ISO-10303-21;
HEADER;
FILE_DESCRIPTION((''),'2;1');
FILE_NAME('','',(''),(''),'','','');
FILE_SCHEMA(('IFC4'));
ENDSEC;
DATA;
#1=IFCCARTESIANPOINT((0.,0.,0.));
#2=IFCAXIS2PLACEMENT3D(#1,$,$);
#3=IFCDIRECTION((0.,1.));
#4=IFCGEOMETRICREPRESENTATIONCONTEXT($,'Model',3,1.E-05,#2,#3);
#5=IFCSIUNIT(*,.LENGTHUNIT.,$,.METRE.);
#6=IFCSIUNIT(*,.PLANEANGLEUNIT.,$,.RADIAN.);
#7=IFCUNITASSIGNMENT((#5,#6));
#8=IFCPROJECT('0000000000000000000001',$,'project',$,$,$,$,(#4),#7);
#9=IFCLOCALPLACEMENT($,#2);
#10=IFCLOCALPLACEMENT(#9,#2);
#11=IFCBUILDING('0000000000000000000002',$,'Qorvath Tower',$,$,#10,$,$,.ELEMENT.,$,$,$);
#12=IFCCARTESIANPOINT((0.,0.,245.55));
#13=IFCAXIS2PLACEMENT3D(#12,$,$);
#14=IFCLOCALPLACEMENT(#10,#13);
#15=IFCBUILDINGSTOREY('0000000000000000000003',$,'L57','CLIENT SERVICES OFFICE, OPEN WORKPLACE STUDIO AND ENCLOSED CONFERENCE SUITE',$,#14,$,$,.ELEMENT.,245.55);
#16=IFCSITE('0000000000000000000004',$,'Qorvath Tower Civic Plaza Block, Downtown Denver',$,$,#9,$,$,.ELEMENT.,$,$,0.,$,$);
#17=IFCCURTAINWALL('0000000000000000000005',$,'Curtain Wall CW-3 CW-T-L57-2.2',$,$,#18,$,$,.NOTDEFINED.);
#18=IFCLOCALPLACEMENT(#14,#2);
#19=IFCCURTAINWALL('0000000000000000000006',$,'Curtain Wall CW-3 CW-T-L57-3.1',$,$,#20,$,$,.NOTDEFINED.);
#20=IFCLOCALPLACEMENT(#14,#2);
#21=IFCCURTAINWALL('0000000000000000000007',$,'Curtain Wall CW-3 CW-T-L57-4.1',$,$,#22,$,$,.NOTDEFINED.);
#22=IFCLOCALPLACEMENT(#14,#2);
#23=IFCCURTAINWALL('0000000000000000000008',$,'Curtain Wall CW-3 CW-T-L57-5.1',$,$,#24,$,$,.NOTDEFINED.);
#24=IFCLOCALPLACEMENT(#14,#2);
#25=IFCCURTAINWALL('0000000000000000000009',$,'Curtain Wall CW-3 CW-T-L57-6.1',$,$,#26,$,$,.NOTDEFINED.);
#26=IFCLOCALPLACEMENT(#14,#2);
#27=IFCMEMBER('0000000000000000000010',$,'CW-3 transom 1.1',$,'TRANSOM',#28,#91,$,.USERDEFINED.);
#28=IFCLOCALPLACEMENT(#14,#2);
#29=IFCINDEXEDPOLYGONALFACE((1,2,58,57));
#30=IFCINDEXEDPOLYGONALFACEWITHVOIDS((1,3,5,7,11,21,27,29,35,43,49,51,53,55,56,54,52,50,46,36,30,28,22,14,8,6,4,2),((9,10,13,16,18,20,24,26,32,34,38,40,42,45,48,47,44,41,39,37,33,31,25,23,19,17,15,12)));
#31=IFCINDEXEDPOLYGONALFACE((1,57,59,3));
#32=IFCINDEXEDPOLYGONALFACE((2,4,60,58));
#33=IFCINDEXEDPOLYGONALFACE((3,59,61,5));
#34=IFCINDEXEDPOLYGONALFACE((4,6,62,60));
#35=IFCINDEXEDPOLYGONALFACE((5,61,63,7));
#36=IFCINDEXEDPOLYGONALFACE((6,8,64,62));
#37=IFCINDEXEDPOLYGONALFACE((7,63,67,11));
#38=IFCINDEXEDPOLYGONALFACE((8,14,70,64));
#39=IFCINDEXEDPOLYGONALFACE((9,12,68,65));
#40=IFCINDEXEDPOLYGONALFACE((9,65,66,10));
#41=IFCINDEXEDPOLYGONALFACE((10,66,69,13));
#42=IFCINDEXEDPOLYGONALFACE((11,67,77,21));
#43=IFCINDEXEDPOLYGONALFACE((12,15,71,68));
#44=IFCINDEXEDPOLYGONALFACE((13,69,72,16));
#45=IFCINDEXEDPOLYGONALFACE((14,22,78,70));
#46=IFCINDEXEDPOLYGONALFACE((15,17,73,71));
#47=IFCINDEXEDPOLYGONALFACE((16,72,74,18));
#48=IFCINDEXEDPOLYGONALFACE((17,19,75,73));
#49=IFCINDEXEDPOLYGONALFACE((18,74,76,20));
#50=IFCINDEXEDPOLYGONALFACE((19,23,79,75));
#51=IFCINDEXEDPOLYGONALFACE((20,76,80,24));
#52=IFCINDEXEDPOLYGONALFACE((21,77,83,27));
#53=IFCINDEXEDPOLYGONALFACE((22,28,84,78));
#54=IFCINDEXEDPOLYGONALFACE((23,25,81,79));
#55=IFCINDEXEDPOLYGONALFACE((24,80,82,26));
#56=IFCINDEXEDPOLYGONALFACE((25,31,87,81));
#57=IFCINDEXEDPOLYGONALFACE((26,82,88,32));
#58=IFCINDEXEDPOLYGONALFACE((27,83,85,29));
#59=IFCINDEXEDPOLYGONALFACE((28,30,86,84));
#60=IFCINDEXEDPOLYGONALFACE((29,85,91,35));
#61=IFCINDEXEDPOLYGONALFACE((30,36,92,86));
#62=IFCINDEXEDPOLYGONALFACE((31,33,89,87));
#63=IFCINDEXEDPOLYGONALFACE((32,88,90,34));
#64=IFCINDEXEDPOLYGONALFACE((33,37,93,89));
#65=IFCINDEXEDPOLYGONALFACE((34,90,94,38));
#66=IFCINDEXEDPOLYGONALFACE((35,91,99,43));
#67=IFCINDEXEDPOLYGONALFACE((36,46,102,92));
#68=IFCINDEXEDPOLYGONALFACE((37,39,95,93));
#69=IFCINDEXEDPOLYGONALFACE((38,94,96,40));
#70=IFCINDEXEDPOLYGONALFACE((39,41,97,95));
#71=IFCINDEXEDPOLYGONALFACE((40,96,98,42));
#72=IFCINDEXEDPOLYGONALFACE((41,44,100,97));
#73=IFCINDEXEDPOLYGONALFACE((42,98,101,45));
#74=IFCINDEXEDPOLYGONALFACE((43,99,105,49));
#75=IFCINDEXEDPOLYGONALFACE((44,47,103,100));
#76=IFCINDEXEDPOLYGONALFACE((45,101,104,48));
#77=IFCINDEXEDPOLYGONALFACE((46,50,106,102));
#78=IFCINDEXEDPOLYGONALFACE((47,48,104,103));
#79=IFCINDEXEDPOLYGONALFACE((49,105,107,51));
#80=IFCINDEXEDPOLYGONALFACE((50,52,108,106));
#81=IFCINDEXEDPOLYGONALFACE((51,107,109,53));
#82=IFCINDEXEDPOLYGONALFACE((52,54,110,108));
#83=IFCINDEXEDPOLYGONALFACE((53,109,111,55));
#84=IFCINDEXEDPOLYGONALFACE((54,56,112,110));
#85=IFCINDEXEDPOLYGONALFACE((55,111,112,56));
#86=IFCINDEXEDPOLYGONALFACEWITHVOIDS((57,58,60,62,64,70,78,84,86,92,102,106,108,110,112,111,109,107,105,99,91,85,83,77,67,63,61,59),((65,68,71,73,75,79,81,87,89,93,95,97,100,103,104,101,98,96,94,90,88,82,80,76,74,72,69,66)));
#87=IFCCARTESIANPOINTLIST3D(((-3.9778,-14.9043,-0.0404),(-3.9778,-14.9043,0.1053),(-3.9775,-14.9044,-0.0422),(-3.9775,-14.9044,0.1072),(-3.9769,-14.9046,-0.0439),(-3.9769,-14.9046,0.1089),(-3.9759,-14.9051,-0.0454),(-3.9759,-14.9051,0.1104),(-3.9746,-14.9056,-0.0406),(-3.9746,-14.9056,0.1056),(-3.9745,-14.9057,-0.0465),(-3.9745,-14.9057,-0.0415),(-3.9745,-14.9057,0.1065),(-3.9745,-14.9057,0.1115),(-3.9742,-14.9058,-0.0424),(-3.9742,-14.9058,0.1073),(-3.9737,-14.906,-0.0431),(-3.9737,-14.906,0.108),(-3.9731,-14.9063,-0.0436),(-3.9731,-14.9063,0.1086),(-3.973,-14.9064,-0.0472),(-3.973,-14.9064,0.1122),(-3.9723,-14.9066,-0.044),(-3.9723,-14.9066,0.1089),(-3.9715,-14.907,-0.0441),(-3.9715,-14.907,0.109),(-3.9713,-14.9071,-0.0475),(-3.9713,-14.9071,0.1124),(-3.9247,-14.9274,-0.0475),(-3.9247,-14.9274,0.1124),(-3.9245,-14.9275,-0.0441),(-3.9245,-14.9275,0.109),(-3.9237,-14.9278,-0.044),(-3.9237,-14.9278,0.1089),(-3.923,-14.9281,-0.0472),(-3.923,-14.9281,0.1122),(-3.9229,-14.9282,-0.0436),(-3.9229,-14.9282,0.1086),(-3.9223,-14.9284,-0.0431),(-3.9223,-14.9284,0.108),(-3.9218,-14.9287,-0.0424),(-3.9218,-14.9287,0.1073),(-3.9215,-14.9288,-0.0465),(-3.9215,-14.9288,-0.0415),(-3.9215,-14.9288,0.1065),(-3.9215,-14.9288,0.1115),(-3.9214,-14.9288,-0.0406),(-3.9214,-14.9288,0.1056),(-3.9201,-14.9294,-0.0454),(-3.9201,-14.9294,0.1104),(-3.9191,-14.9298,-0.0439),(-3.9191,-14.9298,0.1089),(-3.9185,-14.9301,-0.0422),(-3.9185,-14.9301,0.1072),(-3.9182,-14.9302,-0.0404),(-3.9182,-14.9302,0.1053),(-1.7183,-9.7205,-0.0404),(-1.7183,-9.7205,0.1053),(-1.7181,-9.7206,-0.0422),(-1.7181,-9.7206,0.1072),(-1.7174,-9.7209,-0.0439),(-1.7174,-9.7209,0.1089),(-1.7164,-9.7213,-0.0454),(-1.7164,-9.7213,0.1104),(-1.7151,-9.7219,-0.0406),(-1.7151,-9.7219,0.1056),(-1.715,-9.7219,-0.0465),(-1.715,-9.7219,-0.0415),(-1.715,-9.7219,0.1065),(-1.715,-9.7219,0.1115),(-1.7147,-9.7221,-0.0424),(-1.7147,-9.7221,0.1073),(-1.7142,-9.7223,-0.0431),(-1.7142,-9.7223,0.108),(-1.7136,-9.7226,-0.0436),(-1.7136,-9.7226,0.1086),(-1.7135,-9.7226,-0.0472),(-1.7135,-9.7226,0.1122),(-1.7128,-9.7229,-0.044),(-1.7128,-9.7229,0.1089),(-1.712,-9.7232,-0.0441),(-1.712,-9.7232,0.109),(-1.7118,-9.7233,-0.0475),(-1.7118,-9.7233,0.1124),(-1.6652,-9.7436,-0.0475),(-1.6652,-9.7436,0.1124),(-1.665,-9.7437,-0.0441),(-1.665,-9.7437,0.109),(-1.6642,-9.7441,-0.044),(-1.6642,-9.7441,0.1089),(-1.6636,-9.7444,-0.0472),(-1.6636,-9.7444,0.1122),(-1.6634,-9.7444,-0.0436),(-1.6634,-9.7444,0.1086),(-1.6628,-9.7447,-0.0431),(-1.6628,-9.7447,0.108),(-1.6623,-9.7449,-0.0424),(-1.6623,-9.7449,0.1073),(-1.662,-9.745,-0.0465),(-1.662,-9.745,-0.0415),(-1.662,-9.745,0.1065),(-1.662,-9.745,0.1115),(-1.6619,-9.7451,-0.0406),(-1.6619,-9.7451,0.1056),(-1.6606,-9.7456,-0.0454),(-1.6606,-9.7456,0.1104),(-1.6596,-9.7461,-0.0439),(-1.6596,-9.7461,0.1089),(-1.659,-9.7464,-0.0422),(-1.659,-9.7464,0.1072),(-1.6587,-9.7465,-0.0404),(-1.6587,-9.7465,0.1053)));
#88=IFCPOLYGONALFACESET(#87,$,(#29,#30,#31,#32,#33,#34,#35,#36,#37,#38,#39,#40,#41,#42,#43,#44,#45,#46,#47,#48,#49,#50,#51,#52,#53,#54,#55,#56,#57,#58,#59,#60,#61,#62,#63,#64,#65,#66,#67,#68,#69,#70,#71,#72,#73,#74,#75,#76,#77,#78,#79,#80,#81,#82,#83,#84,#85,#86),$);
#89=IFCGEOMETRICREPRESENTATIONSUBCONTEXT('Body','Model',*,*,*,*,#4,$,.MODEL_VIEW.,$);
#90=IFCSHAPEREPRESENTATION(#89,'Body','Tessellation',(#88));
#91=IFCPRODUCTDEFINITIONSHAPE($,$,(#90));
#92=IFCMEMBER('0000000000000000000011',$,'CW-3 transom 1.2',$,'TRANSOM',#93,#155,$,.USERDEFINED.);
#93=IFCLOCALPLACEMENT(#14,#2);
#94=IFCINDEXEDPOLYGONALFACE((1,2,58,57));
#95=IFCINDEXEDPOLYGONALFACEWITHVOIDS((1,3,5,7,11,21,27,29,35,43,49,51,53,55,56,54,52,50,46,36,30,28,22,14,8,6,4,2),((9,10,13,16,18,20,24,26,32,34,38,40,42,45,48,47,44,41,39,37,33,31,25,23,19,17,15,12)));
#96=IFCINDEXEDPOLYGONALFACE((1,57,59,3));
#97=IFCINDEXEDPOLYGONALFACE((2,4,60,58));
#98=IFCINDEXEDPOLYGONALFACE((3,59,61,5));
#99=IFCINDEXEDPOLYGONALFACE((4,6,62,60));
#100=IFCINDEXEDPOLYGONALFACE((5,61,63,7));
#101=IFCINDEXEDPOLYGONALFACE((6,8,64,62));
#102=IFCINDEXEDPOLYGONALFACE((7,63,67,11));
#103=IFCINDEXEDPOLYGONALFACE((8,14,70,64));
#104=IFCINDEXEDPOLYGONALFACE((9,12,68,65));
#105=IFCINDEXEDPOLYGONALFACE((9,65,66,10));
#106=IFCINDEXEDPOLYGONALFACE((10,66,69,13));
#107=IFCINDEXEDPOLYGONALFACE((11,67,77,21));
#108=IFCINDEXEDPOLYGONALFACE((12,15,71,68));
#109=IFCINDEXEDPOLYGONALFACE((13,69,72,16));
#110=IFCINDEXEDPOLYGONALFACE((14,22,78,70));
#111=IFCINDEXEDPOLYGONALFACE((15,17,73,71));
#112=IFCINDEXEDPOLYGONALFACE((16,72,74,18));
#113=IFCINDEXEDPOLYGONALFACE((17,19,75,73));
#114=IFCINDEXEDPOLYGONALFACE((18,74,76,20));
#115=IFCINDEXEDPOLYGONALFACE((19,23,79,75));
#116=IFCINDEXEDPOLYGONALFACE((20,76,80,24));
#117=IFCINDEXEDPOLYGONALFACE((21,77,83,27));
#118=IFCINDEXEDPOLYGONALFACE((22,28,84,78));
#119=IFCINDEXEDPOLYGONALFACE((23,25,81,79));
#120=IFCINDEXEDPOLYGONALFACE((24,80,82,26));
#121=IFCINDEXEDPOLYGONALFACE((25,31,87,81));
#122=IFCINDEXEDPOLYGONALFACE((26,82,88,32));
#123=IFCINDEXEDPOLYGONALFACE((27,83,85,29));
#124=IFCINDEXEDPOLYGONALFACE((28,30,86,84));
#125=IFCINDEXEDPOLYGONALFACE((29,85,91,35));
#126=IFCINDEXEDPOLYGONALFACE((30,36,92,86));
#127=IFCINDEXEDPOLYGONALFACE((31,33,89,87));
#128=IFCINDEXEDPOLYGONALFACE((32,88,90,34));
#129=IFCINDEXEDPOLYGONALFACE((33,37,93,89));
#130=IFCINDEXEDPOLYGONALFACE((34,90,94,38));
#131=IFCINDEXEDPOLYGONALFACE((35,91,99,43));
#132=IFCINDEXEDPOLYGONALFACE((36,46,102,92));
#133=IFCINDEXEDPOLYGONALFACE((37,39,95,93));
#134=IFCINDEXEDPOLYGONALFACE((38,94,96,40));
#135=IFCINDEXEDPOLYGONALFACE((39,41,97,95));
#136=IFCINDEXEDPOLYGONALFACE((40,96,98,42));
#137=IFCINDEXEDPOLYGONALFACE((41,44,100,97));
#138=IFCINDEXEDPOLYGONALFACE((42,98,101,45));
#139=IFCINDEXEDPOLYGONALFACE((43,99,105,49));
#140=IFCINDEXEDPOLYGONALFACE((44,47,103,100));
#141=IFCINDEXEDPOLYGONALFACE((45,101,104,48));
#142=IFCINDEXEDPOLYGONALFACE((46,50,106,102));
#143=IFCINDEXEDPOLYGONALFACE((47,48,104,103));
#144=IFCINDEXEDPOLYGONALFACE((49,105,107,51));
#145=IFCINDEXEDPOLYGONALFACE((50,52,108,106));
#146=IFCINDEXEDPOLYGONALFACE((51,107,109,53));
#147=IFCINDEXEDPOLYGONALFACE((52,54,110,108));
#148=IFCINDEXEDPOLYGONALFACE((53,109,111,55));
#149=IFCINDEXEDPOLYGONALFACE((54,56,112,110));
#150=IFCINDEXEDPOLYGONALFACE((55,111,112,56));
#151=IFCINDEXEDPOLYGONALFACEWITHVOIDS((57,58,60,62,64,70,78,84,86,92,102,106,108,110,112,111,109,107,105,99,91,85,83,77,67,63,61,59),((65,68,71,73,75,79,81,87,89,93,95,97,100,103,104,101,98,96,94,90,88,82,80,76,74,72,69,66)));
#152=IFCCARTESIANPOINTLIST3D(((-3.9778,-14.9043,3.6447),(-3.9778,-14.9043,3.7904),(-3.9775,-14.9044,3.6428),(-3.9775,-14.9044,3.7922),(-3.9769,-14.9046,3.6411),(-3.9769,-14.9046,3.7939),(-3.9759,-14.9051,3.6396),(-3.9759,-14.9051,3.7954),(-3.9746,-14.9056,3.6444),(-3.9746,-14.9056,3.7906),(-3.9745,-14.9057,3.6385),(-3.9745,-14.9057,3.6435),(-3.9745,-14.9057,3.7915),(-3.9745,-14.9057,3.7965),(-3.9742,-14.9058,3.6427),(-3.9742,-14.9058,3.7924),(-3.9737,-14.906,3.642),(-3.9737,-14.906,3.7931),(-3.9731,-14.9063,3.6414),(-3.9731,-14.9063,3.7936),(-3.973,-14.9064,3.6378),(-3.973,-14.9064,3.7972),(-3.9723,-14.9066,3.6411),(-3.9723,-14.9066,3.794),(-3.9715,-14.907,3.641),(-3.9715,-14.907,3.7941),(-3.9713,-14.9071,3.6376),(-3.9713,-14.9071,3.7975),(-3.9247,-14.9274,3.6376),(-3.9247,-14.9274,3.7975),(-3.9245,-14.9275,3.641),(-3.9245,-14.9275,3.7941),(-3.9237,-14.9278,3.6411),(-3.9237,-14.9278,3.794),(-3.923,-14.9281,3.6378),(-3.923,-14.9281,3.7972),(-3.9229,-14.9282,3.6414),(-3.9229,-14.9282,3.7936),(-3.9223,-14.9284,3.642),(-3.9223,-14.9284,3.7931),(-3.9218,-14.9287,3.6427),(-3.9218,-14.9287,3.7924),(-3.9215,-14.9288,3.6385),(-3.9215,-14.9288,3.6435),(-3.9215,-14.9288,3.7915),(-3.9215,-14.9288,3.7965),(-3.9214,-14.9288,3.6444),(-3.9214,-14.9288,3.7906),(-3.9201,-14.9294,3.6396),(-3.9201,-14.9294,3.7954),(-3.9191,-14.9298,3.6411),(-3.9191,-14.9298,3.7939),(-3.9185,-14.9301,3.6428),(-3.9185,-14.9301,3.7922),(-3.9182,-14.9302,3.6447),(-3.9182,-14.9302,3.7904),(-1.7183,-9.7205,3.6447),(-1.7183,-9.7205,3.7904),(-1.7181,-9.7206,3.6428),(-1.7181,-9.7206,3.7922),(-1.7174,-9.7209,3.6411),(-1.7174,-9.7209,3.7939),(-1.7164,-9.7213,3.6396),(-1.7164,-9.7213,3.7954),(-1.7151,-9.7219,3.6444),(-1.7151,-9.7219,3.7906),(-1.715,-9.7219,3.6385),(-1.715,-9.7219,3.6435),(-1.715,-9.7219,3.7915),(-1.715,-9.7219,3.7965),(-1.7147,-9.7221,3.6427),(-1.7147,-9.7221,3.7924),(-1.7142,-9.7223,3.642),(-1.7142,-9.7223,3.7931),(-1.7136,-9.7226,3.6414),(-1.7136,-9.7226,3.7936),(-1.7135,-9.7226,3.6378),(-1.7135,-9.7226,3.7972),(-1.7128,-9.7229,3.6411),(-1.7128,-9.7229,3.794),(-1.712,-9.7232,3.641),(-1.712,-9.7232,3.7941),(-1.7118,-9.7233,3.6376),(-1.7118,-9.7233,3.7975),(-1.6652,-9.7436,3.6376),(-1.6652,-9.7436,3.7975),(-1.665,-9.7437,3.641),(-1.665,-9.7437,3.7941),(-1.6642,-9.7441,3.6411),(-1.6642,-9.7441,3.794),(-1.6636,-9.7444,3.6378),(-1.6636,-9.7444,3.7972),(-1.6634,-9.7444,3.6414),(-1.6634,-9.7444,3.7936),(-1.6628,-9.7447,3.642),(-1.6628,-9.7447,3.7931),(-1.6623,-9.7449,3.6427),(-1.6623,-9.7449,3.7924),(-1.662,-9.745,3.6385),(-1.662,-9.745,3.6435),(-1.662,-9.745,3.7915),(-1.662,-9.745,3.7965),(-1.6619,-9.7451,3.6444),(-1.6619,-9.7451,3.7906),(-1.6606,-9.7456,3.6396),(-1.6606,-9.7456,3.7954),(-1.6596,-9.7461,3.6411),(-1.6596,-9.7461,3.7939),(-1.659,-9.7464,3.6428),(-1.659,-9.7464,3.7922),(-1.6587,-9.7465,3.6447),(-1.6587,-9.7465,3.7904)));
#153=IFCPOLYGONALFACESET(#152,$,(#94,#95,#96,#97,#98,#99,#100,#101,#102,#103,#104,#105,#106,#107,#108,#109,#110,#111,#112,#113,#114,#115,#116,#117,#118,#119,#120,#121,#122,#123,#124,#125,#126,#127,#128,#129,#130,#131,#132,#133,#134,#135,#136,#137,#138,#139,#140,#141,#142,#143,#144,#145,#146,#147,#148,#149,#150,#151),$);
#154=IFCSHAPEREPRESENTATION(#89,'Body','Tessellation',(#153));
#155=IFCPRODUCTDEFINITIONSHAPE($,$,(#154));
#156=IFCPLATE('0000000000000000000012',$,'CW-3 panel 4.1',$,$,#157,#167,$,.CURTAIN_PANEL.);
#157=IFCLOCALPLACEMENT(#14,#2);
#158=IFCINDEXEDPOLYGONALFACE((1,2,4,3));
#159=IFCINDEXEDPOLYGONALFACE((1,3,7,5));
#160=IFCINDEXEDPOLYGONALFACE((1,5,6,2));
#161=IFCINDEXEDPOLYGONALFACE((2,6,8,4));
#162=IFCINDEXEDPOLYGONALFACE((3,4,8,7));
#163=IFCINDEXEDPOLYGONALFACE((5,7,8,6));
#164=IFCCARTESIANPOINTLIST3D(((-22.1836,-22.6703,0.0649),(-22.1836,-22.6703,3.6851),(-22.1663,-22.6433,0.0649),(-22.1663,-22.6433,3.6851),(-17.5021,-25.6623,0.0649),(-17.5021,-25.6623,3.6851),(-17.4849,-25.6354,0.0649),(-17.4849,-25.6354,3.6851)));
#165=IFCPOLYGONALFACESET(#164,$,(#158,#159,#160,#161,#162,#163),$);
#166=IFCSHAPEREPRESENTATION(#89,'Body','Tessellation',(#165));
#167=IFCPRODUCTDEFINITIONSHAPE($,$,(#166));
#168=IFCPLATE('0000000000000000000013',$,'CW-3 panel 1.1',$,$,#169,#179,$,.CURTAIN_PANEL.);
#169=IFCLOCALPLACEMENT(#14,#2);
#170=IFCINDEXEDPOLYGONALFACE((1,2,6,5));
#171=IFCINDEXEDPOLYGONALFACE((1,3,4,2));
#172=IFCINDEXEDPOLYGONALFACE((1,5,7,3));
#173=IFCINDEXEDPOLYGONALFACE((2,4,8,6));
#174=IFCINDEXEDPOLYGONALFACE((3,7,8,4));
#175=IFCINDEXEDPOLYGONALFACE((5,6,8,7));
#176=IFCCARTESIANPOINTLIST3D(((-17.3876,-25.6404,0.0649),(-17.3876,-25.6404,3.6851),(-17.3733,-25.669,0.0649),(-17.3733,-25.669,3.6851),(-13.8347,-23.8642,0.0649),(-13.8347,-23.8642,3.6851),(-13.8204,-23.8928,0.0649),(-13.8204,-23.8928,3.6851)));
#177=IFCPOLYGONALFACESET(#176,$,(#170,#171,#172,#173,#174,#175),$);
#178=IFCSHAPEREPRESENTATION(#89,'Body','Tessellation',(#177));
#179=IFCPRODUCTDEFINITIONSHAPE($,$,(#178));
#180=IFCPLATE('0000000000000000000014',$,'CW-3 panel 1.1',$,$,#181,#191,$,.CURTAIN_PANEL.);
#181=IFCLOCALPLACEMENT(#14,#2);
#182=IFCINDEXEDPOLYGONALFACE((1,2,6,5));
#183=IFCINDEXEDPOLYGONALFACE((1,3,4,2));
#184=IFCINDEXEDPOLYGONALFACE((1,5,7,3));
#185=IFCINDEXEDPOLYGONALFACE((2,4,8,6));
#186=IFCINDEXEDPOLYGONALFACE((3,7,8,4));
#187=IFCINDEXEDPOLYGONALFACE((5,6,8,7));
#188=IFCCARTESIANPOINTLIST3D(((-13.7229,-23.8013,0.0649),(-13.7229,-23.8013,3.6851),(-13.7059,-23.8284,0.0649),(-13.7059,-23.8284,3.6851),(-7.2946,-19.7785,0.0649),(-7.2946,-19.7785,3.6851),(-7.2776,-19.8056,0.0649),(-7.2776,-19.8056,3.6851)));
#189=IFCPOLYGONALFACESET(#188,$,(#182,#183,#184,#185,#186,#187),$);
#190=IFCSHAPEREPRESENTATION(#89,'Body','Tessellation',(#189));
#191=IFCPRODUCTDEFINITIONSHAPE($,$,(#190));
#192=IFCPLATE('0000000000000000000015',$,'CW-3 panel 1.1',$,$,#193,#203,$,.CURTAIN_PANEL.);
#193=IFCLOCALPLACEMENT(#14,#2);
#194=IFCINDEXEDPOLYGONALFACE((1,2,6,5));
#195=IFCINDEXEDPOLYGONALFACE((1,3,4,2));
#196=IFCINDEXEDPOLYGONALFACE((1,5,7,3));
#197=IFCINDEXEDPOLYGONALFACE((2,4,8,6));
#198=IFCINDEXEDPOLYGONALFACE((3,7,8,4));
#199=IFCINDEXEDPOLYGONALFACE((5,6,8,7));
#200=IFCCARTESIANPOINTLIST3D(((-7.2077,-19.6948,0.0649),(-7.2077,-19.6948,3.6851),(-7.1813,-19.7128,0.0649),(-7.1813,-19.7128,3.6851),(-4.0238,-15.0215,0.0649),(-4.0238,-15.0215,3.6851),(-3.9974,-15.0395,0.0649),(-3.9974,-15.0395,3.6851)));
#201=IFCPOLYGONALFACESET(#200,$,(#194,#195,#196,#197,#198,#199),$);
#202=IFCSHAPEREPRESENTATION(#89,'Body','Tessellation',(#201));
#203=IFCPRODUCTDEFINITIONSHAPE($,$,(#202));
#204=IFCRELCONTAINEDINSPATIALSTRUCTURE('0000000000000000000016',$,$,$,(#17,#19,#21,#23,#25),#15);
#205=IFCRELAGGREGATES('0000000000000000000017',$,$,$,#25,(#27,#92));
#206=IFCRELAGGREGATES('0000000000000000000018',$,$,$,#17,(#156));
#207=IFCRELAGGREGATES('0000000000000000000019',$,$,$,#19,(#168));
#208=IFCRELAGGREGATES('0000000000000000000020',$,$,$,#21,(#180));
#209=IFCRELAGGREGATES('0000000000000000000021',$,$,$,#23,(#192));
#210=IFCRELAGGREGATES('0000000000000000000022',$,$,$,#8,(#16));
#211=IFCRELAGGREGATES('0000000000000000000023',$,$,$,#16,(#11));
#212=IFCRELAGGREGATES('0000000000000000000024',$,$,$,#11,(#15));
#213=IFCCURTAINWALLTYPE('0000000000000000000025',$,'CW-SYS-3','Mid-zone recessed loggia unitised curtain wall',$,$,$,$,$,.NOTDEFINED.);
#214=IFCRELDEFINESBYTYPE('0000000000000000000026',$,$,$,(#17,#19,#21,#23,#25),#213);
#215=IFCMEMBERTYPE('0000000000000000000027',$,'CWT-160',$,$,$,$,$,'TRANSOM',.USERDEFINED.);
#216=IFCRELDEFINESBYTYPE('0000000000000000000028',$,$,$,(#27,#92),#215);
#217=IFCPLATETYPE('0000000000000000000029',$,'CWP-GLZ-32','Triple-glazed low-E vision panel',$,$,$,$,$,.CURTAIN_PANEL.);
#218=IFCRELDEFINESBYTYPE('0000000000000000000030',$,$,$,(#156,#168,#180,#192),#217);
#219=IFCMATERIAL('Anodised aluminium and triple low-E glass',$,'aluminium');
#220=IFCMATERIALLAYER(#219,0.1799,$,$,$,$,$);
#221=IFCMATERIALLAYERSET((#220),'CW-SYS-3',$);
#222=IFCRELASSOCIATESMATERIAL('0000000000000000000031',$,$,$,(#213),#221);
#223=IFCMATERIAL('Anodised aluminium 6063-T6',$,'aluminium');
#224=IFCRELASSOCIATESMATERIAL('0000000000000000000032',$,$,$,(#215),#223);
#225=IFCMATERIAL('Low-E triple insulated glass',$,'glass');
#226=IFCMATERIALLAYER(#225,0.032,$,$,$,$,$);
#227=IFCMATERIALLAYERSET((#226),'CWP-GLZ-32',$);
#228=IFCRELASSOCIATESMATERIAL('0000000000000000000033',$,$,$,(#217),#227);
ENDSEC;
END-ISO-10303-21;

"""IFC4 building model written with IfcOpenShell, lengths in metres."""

from ifc_helpers import new_model, si_unit, direction, frame, origin, origin_2d, place, context, subcontext, project, spatial, rectangle, hollow_rectangle, extrude, material, layer, layer_set, material_profile, profile_set, type_object, element, aggregate, save


model = new_model("IFC4")

# Units and contexts
model_context = context("Model", 3, precision=1e-05, world=origin(), true_north=direction((0.0, 1.0)))
body_context = subcontext(model_context, "Body", "Model", "MODEL_VIEW")
ifc_project = project(units=[si_unit("LENGTHUNIT", "METRE"), si_unit("PLANEANGLEUNIT", "RADIAN")], contexts=[model_context])

# Site, building, storey
site_placement = place(None, origin())
site = spatial("IfcSite", under=ifc_project, at=site_placement, Name="Qorvath Tower Civic Plaza Block, Downtown Denver", CompositionType="ELEMENT", RefElevation=0.0)
building_placement = place(site_placement, origin())
building = spatial("IfcBuilding", under=site, at=building_placement, Name="Qorvath Tower", CompositionType="ELEMENT")
storey_placement = place(building_placement, frame((0.0, 0.0, 245.55)))
storey = spatial("IfcBuildingStorey", under=building, at=storey_placement, Name="L57", Description="CLIENT SERVICES OFFICE, OPEN WORKPLACE STUDIO AND ENCLOSED CONFERENCE SUITE", CompositionType="ELEMENT", Elevation=245.55)

# Curtain wall
ifc_material_1 = material(Name="Anodised aluminium and triple low-E glass", Category="aluminium")
ifc_layer_1 = layer(ifc_material_1, 0.1799)
ifc_layer_set_1 = layer_set([ifc_layer_1], Name="CW-SYS-3")
curtain_wall_type = type_object("IfcCurtainWallType", Name="CW-SYS-3", Description="Mid-zone recessed loggia unitised curtain wall", PredefinedType="NOTDEFINED", material=ifc_layer_set_1)
curtain_wall_1_placement = place(storey_placement, origin())
curtain_wall_1 = element("IfcCurtainWall", 1, at=curtain_wall_1_placement, inside=storey, type_object=curtain_wall_type, Name="Curtain Wall CW-3 CW-T-L57-2.2", PredefinedType="NOTDEFINED")

# Curtain walls
curtain_wall_2_placement = place(storey_placement, origin())
curtain_wall_2 = element("IfcCurtainWall", 2, at=curtain_wall_2_placement, inside=storey, type_object=curtain_wall_type, Name="Curtain Wall CW-3 CW-T-L57-3.1", PredefinedType="NOTDEFINED")
curtain_wall_3_placement = place(storey_placement, origin())
curtain_wall_3 = element("IfcCurtainWall", 3, at=curtain_wall_3_placement, inside=storey, type_object=curtain_wall_type, Name="Curtain Wall CW-3 CW-T-L57-4.1", PredefinedType="NOTDEFINED")
curtain_wall_4_placement = place(storey_placement, origin())
curtain_wall_4 = element("IfcCurtainWall", 4, at=curtain_wall_4_placement, inside=storey, type_object=curtain_wall_type, Name="Curtain Wall CW-3 CW-T-L57-5.1", PredefinedType="NOTDEFINED")

# Curtain wall
curtain_wall_5_placement = place(storey_placement, origin())
curtain_wall_5 = element("IfcCurtainWall", 5, at=curtain_wall_5_placement, inside=storey, type_object=curtain_wall_type, Name="Curtain Wall CW-3 CW-T-L57-6.1", PredefinedType="NOTDEFINED")

# Members
ifc_material_2 = material(Name="Anodised aluminium 6063-T6", Category="aluminium")
ifc_material_profile_1 = material_profile(ifc_material_2, hollow_rectangle(XDim=0.0649, YDim=0.1599, WallThickness=0.0034, InnerFilletRadius=0.0034, OuterFilletRadius=0.0071, at=origin_2d()), Name="CWT 160x65")
ifc_profile_set_1 = profile_set([ifc_material_profile_1], Name="Anodised aluminium 6063-T6")
member_type_1 = type_object("IfcMemberType", Name="CWT-160", ElementType="TRANSOM", PredefinedType="USERDEFINED", material=ifc_profile_set_1)
member_1_placement = place(storey_placement, frame((-3.948, -14.9172, 0.0325), z_axis=(0.399571, 0.916702, 0.0), x_axis=(-0.916702, 0.399571, 0.0)))
member_1 = element("IfcMember", 6, at=member_1_placement, type_object=member_type_1, Name="CW-3 transom 1.1", ObjectType="TRANSOM", PredefinedType="USERDEFINED", context=body_context, shape_type="SweptSolid", body=[
    extrude(hollow_rectangle(XDim=0.0649, YDim=0.1599, WallThickness=0.0034, InnerFilletRadius=0.0034, OuterFilletRadius=0.0071, at=origin_2d()), origin(), (0.0, 0.0, 1.0), 5.6548),
])
member_2_placement = place(storey_placement, frame((-3.948, -14.9172, 3.7175), z_axis=(0.399571, 0.916702, 0.0), x_axis=(-0.916702, 0.399571, 0.0)))
member_2 = element("IfcMember", 7, at=member_2_placement, type_object=member_type_1, Name="CW-3 transom 1.2", ObjectType="TRANSOM", PredefinedType="USERDEFINED", context=body_context, shape_type="SweptSolid", body=[
    extrude(hollow_rectangle(XDim=0.0649, YDim=0.1599, WallThickness=0.0034, InnerFilletRadius=0.0034, OuterFilletRadius=0.0071, at=origin_2d()), origin(), (0.0, 0.0, 1.0), 5.6548),
])
aggregate(curtain_wall_5, [member_1, member_2])

# Plates
ifc_material_3 = material(Name="Low-E triple insulated glass", Category="glass")
ifc_layer_2 = layer(ifc_material_3, 0.032)
ifc_layer_set_2 = layer_set([ifc_layer_2], Name="CWP-GLZ-32")
plate_type = type_object("IfcPlateType", Name="CWP-GLZ-32", Description="Triple-glazed low-E vision panel", PredefinedType="CURTAIN_PANEL", material=ifc_layer_set_2)
plate_1_placement = place(storey_placement, frame((-19.8342, -24.1528, 0.0649), z_axis=(0.0, 0.0, 1.0), x_axis=(0.842606, -0.53853, 0.0)))
plate_1 = element("IfcPlate", 8, at=plate_1_placement, type_object=plate_type, Name="CW-3 panel 4.1", PredefinedType="CURTAIN_PANEL", context=body_context, shape_type="SweptSolid", body=[
    extrude(rectangle(XDim=5.5559, YDim=0.032, at=origin_2d()), origin(), (0.0, 0.0, 1.0), 3.6201),
])
aggregate(curtain_wall_1, [plate_1])
plate_2_placement = place(storey_placement, frame((-15.604, -24.7666, 0.0649), z_axis=(0.0, 0.0, 1.0), x_axis=(0.894447, 0.447175, 0.0)))
plate_2 = element("IfcPlate", 9, at=plate_2_placement, type_object=plate_type, Name="CW-3 panel 1.1", PredefinedType="CURTAIN_PANEL", context=body_context, shape_type="SweptSolid", body=[
    extrude(rectangle(XDim=3.9722, YDim=0.032, at=origin_2d()), origin(), (0.0, 0.0, 1.0), 3.6201),
])
aggregate(curtain_wall_2, [plate_2])
plate_3_placement = place(storey_placement, frame((-10.5002, -21.8035, 0.0649), z_axis=(0.0, 0.0, 1.0), x_axis=(0.847693, 0.530487, 0.0)))
plate_3 = element("IfcPlate", 10, at=plate_3_placement, type_object=plate_type, Name="CW-3 panel 1.1", PredefinedType="CURTAIN_PANEL", context=body_context, shape_type="SweptSolid", body=[
    extrude(rectangle(XDim=7.5833, YDim=0.032, at=origin_2d()), origin(), (0.0, 0.0, 1.0), 3.6201),
])
aggregate(curtain_wall_3, [plate_3])
plate_4_placement = place(storey_placement, frame((-5.6025, -17.3672, 0.0649), z_axis=(0.0, 0.0, 1.0), x_axis=(0.563037, 0.826431, 0.0)))
plate_4 = element("IfcPlate", 11, at=plate_4_placement, type_object=plate_type, Name="CW-3 panel 1.1", PredefinedType="CURTAIN_PANEL", context=body_context, shape_type="SweptSolid", body=[
    extrude(rectangle(XDim=5.6548, YDim=0.032, at=origin_2d()), origin(), (0.0, 0.0, 1.0), 3.6201),
])
aggregate(curtain_wall_4, [plate_4])

save(model, "model.ifc")
